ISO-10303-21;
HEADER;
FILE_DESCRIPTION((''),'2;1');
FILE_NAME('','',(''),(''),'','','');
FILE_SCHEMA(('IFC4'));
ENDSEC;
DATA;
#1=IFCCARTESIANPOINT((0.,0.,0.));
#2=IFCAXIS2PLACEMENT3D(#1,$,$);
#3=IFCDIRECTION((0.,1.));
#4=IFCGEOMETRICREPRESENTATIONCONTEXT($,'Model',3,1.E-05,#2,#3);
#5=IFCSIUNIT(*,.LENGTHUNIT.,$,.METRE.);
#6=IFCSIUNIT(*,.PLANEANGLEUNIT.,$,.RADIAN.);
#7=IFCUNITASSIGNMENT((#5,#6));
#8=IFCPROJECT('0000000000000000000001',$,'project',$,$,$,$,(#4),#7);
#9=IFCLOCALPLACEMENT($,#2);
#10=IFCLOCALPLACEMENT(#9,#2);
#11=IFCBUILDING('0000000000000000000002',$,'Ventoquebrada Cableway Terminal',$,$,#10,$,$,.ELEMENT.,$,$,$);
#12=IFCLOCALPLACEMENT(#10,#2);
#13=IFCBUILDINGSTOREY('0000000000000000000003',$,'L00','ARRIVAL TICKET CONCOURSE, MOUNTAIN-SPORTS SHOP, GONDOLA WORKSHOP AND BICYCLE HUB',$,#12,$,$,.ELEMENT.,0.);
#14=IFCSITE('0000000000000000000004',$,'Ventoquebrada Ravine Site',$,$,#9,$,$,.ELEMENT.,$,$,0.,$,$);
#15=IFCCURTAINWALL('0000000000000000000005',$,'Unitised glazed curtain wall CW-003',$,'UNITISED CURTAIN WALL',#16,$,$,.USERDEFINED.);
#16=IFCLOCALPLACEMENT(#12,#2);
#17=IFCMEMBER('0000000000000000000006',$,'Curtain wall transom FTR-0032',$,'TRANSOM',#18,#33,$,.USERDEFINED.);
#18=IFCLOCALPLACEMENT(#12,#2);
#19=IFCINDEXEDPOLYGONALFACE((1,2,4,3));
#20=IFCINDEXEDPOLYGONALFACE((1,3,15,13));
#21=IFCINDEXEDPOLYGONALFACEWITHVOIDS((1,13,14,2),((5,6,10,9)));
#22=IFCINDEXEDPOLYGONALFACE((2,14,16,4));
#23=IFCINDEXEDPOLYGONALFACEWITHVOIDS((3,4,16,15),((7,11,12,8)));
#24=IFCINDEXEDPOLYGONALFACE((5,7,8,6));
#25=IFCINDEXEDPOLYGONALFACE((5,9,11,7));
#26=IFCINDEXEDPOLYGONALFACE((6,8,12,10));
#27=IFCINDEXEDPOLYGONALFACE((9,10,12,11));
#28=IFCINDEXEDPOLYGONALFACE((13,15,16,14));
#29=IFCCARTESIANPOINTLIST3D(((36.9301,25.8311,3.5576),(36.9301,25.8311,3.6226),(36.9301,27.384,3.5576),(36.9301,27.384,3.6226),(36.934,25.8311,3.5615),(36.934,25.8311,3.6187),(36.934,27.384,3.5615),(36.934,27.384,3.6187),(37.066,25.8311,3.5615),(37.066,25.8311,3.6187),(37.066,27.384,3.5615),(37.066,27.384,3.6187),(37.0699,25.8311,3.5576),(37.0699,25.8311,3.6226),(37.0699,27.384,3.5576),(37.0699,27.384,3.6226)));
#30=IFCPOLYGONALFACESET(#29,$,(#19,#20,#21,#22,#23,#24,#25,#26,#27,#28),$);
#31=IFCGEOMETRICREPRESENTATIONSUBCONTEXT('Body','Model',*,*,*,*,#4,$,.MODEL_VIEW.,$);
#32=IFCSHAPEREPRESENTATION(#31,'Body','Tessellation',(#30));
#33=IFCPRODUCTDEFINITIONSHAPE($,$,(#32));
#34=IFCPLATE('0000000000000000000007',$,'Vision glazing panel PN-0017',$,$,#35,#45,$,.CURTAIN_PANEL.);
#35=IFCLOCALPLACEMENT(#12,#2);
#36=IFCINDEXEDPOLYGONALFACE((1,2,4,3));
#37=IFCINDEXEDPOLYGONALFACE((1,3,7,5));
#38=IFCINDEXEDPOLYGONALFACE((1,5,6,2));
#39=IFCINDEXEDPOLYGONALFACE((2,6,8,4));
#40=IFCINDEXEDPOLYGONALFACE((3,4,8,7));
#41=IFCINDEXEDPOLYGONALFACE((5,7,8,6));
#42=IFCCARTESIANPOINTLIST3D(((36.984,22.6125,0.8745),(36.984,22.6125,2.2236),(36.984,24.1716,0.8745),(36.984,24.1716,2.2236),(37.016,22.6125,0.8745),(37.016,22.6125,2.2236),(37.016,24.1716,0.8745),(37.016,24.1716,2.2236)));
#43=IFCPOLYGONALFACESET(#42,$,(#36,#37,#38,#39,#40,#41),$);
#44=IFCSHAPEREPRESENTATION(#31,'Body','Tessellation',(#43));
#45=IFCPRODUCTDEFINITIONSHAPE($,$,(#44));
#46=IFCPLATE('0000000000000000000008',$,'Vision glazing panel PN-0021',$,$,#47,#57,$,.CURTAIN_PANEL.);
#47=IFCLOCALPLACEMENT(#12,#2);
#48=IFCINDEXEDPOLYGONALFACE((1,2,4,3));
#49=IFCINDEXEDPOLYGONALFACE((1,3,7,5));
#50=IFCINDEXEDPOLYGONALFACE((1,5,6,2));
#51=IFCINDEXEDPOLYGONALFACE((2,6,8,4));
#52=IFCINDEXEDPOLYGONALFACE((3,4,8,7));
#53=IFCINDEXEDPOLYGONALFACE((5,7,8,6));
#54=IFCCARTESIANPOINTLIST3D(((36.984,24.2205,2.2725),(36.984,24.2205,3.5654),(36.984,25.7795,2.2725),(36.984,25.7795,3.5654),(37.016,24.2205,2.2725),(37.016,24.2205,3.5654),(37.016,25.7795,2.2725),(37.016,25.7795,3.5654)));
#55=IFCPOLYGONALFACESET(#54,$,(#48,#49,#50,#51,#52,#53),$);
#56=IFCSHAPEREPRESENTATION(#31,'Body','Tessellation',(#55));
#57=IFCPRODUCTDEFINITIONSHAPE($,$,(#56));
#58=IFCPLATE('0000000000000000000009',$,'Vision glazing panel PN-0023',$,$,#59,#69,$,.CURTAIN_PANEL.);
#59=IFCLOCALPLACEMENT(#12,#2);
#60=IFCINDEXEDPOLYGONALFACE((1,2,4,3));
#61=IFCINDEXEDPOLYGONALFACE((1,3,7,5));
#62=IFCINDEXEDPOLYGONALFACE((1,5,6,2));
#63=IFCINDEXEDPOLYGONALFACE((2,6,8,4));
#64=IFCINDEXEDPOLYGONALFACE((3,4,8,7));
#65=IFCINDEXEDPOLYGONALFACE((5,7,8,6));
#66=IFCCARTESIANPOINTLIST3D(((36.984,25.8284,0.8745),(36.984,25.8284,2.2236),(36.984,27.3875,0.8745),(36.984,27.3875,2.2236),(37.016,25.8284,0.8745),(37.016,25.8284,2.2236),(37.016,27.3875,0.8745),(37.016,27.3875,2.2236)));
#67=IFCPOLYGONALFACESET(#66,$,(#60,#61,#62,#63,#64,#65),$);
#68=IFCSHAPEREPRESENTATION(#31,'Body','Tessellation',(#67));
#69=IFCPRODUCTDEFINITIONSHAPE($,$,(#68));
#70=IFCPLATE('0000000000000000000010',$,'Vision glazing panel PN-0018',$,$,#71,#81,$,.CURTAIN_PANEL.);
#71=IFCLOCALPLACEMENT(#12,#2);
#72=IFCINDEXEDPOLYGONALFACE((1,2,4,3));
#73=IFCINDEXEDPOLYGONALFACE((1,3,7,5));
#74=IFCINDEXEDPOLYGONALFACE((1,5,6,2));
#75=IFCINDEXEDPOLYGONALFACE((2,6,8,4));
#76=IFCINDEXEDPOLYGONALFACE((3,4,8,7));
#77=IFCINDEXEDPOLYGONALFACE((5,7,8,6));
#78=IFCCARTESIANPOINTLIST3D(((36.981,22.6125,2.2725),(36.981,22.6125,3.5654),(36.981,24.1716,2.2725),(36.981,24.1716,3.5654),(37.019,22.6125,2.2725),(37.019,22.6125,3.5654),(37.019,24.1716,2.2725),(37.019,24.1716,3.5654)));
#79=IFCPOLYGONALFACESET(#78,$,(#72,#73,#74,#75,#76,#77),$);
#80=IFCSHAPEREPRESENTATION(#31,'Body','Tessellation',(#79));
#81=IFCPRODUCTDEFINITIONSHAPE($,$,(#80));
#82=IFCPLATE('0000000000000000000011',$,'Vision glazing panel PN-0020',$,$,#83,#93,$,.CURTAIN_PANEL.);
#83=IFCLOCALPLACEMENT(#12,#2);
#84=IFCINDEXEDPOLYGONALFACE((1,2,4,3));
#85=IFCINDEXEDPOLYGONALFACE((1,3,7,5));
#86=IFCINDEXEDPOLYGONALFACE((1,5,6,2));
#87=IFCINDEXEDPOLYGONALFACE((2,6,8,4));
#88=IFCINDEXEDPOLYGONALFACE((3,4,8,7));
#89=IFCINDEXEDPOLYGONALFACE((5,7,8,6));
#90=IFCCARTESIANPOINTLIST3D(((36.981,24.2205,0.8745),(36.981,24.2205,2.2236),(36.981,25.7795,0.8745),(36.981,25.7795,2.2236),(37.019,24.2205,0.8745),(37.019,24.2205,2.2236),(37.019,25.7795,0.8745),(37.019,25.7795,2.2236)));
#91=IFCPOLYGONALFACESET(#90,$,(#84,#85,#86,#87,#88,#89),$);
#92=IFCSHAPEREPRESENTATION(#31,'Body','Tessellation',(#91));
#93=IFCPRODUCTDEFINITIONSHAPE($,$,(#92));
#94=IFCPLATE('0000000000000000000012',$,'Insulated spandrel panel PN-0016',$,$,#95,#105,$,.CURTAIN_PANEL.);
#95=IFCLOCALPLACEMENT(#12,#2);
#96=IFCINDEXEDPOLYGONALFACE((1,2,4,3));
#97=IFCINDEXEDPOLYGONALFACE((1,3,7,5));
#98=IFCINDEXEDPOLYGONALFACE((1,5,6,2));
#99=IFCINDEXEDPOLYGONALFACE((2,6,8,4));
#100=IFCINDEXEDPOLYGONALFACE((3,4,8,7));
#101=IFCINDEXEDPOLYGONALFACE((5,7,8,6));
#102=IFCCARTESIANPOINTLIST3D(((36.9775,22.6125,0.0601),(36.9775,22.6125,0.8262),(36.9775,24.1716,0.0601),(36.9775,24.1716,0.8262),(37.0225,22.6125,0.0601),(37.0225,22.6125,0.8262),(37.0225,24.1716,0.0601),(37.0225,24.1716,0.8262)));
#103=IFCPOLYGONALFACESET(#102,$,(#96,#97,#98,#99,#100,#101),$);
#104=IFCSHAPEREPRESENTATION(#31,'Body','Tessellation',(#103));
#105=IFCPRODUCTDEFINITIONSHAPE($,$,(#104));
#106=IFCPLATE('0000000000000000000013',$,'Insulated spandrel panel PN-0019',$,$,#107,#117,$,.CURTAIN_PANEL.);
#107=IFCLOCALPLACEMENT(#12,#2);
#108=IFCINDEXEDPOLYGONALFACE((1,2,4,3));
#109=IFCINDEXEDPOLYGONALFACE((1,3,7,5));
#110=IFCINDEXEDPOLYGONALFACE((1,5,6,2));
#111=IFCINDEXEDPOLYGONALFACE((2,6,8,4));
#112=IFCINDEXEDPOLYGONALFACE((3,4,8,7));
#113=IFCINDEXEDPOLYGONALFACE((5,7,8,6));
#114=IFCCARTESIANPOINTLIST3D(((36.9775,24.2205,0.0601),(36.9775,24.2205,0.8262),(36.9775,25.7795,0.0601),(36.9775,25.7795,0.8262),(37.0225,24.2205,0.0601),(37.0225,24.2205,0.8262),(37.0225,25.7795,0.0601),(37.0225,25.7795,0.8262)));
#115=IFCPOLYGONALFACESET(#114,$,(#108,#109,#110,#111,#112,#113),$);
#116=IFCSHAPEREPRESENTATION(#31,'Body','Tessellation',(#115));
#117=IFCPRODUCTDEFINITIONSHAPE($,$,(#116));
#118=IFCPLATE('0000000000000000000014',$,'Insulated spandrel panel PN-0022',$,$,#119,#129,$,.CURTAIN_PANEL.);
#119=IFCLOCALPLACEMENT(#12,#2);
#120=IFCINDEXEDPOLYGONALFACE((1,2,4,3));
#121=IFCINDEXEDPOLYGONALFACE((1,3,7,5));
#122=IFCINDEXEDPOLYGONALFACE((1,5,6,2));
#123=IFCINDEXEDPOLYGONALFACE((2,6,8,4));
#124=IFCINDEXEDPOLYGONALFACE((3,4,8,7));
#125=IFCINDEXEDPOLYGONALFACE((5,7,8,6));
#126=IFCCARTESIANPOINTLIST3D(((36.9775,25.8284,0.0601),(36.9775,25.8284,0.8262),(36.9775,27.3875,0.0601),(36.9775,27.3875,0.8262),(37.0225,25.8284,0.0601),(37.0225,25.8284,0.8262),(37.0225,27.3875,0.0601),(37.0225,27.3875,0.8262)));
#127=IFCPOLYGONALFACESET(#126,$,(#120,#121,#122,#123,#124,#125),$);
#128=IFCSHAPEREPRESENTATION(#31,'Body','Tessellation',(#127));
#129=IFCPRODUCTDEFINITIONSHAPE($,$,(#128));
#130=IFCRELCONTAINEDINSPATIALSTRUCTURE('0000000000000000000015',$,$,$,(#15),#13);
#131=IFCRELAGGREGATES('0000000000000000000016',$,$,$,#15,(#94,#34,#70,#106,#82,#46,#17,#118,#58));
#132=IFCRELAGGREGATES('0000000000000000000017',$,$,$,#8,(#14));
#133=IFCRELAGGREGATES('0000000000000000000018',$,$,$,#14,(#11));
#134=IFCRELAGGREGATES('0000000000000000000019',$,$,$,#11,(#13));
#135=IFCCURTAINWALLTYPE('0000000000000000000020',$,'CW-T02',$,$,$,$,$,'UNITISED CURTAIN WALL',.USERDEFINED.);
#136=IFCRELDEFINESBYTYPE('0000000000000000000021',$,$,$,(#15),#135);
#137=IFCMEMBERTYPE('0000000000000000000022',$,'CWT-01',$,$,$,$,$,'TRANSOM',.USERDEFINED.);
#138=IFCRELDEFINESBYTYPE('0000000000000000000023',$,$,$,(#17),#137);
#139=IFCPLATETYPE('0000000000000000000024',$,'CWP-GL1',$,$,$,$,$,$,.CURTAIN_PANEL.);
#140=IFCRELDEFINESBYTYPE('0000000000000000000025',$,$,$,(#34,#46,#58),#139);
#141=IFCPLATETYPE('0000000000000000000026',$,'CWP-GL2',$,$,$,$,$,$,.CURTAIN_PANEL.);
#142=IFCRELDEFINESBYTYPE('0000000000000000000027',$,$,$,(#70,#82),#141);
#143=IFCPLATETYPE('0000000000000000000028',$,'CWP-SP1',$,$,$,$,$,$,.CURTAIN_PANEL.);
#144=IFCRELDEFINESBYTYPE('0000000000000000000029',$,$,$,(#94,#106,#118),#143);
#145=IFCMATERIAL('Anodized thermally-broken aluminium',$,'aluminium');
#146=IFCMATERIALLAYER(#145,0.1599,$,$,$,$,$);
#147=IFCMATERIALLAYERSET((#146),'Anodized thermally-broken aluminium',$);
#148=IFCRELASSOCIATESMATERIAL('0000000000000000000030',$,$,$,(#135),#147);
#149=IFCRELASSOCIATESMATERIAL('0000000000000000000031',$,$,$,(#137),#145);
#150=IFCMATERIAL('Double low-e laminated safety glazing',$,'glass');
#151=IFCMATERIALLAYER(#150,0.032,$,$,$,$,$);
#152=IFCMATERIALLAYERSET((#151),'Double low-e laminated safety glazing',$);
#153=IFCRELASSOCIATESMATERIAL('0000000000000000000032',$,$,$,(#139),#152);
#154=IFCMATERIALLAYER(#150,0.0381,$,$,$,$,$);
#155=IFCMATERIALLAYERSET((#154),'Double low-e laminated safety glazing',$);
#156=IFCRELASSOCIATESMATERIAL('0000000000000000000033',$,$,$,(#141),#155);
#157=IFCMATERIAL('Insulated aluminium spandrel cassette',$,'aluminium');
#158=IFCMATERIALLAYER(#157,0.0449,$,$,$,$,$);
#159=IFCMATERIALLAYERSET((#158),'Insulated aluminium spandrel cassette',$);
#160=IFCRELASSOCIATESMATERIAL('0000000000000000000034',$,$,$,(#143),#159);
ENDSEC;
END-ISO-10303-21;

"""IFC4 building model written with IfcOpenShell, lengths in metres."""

from ifc_helpers import new_model, si_unit, direction, frame, origin, origin_2d, place, context, subcontext, project, spatial, rectangle, hollow_rectangle, extrude, material, layer, layer_set, material_profile, profile_set, type_object, element, aggregate, save


model = new_model("IFC4")

# Units and contexts
model_context = context("Model", 3, precision=1e-05, world=origin(), true_north=direction((0.0, 1.0)))
body_context = subcontext(model_context, "Body", "Model", "MODEL_VIEW")
ifc_project = project(units=[si_unit("LENGTHUNIT", "METRE"), si_unit("PLANEANGLEUNIT", "RADIAN")], contexts=[model_context])

# Site, building, storey
site_placement = place(None, origin())
site = spatial("IfcSite", under=ifc_project, at=site_placement, Name="Ventoquebrada Ravine Site", CompositionType="ELEMENT", RefElevation=0.0)
building_placement = place(site_placement, origin())
building = spatial("IfcBuilding", under=site, at=building_placement, Name="Ventoquebrada Cableway Terminal", CompositionType="ELEMENT")
storey_placement = place(building_placement, origin())
storey = spatial("IfcBuildingStorey", under=building, at=storey_placement, Name="L00", Description="ARRIVAL TICKET CONCOURSE, MOUNTAIN-SPORTS SHOP, GONDOLA WORKSHOP AND BICYCLE HUB", CompositionType="ELEMENT", Elevation=0.0)

# Curtain wall, member, plates
ifc_material_1 = material(Name="Anodized thermally-broken aluminium", Category="aluminium")
ifc_layer_1 = layer(ifc_material_1, 0.1599)
ifc_layer_set_1 = layer_set([ifc_layer_1], Name="Anodized thermally-broken aluminium")
curtain_wall_type = type_object("IfcCurtainWallType", Name="CW-T02", ElementType="UNITISED CURTAIN WALL", PredefinedType="USERDEFINED", material=ifc_layer_set_1)
curtain_wall_placement = place(storey_placement, origin())
curtain_wall = element("IfcCurtainWall", 1, at=curtain_wall_placement, inside=storey, type_object=curtain_wall_type, Name="Unitised glazed curtain wall CW-003", ObjectType="UNITISED CURTAIN WALL", PredefinedType="USERDEFINED")
ifc_material_profile_1 = material_profile(ifc_material_1, hollow_rectangle(XDim=0.0649, YDim=0.1399, WallThickness=0.0039, at=origin_2d()), Name="CW-TRN-65X140")
ifc_profile_set_1 = profile_set([ifc_material_profile_1], Name="Anodized thermally-broken aluminium")
member_type_1 = type_object("IfcMemberType", Name="CWT-01", ElementType="TRANSOM", PredefinedType="USERDEFINED", material=ifc_profile_set_1)
member_1_placement = place(storey_placement, frame((37.0, 25.8311, 3.5901), z_axis=(0.0, 1.0, 0.0), x_axis=(0.0, 0.0, 1.0)))
member_1 = element("IfcMember", 2, at=member_1_placement, type_object=member_type_1, Name="Curtain wall transom FTR-0032", ObjectType="TRANSOM", PredefinedType="USERDEFINED", context=body_context, shape_type="SweptSolid", body=[
    extrude(hollow_rectangle(XDim=0.0649, YDim=0.1399, WallThickness=0.0039, at=origin_2d()), origin(), (0.0, 0.0, 1.0), 1.553),
])
ifc_material_2 = material(Name="Double low-e laminated safety glazing", Category="glass")
ifc_layer_2 = layer(ifc_material_2, 0.032)
ifc_layer_set_2 = layer_set([ifc_layer_2], Name="Double low-e laminated safety glazing")
plate_type_1 = type_object("IfcPlateType", Name="CWP-GL1", PredefinedType="CURTAIN_PANEL", material=ifc_layer_set_2)
plate_1_placement = place(storey_placement, frame((37.0, 23.3921, 0.8745), z_axis=(0.0, 0.0, 1.0), x_axis=(0.0, 1.0, 0.0)))
plate_1 = element("IfcPlate", 3, at=plate_1_placement, type_object=plate_type_1, Name="Vision glazing panel PN-0017", PredefinedType="CURTAIN_PANEL", context=body_context, shape_type="SweptSolid", body=[
    extrude(rectangle(XDim=1.5591, YDim=0.032, at=origin_2d()), origin(), (0.0, 0.0, 1.0), 1.3491),
])
plate_2_placement = place(storey_placement, frame((37.0, 25.0, 2.2725), z_axis=(0.0, 0.0, 1.0), x_axis=(0.0, 1.0, 0.0)))
plate_2 = element("IfcPlate", 4, at=plate_2_placement, type_object=plate_type_1, Name="Vision glazing panel PN-0021", PredefinedType="CURTAIN_PANEL", context=body_context, shape_type="SweptSolid", body=[
    extrude(rectangle(XDim=1.5591, YDim=0.032, at=origin_2d()), origin(), (0.0, 0.0, 1.0), 1.293),
])
plate_3_placement = place(storey_placement, frame((37.0, 26.6079, 0.8745), z_axis=(0.0, 0.0, 1.0), x_axis=(0.0, 1.0, 0.0)))
plate_3 = element("IfcPlate", 5, at=plate_3_placement, type_object=plate_type_1, Name="Vision glazing panel PN-0023", PredefinedType="CURTAIN_PANEL", context=body_context, shape_type="SweptSolid", body=[
    extrude(rectangle(XDim=1.5591, YDim=0.032, at=origin_2d()), origin(), (0.0, 0.0, 1.0), 1.3491),
])
ifc_layer_3 = layer(ifc_material_2, 0.0381)
ifc_layer_set_3 = layer_set([ifc_layer_3], Name="Double low-e laminated safety glazing")
plate_type_2 = type_object("IfcPlateType", Name="CWP-GL2", PredefinedType="CURTAIN_PANEL", material=ifc_layer_set_3)
plate_4_placement = place(storey_placement, frame((37.0, 23.3921, 2.2725), z_axis=(0.0, 0.0, 1.0), x_axis=(0.0, 1.0, 0.0)))
plate_4 = element("IfcPlate", 6, at=plate_4_placement, type_object=plate_type_2, Name="Vision glazing panel PN-0018", PredefinedType="CURTAIN_PANEL", context=body_context, shape_type="SweptSolid", body=[
    extrude(rectangle(XDim=1.5591, YDim=0.0381, at=origin_2d()), origin(), (0.0, 0.0, 1.0), 1.293),
])
plate_5_placement = place(storey_placement, frame((37.0, 25.0, 0.8745), z_axis=(0.0, 0.0, 1.0), x_axis=(0.0, 1.0, 0.0)))
plate_5 = element("IfcPlate", 7, at=plate_5_placement, type_object=plate_type_2, Name="Vision glazing panel PN-0020", PredefinedType="CURTAIN_PANEL", context=body_context, shape_type="SweptSolid", body=[
    extrude(rectangle(XDim=1.5591, YDim=0.0381, at=origin_2d()), origin(), (0.0, 0.0, 1.0), 1.3491),
])
ifc_material_3 = material(Name="Insulated aluminium spandrel cassette", Category="aluminium")
ifc_layer_4 = layer(ifc_material_3, 0.0449)
ifc_layer_set_4 = layer_set([ifc_layer_4], Name="Insulated aluminium spandrel cassette")
plate_type_3 = type_object("IfcPlateType", Name="CWP-SP1", PredefinedType="CURTAIN_PANEL", material=ifc_layer_set_4)
plate_6_placement = place(storey_placement, frame((37.0, 23.3921, 0.0601), z_axis=(0.0, 0.0, 1.0), x_axis=(0.0, 1.0, 0.0)))
plate_6 = element("IfcPlate", 8, at=plate_6_placement, type_object=plate_type_3, Name="Insulated spandrel panel PN-0016", PredefinedType="CURTAIN_PANEL", context=body_context, shape_type="SweptSolid", body=[
    extrude(rectangle(XDim=1.5591, YDim=0.0449, at=origin_2d()), origin(), (0.0, 0.0, 1.0), 0.7661),
])
plate_7_placement = place(storey_placement, frame((37.0, 25.0, 0.0601), z_axis=(0.0, 0.0, 1.0), x_axis=(0.0, 1.0, 0.0)))
plate_7 = element("IfcPlate", 9, at=plate_7_placement, type_object=plate_type_3, Name="Insulated spandrel panel PN-0019", PredefinedType="CURTAIN_PANEL", context=body_context, shape_type="SweptSolid", body=[
    extrude(rectangle(XDim=1.5591, YDim=0.0449, at=origin_2d()), origin(), (0.0, 0.0, 1.0), 0.7661),
])
plate_8_placement = place(storey_placement, frame((37.0, 26.6079, 0.0601), z_axis=(0.0, 0.0, 1.0), x_axis=(0.0, 1.0, 0.0)))
plate_8 = element("IfcPlate", 10, at=plate_8_placement, type_object=plate_type_3, Name="Insulated spandrel panel PN-0022", PredefinedType="CURTAIN_PANEL", context=body_context, shape_type="SweptSolid", body=[
    extrude(rectangle(XDim=1.5591, YDim=0.0449, at=origin_2d()), origin(), (0.0, 0.0, 1.0), 0.7661),
])
aggregate(curtain_wall, [plate_6, plate_1, plate_4, plate_7, plate_5, plate_2, member_1, plate_8, plate_3])

save(model, "model.ifc")
